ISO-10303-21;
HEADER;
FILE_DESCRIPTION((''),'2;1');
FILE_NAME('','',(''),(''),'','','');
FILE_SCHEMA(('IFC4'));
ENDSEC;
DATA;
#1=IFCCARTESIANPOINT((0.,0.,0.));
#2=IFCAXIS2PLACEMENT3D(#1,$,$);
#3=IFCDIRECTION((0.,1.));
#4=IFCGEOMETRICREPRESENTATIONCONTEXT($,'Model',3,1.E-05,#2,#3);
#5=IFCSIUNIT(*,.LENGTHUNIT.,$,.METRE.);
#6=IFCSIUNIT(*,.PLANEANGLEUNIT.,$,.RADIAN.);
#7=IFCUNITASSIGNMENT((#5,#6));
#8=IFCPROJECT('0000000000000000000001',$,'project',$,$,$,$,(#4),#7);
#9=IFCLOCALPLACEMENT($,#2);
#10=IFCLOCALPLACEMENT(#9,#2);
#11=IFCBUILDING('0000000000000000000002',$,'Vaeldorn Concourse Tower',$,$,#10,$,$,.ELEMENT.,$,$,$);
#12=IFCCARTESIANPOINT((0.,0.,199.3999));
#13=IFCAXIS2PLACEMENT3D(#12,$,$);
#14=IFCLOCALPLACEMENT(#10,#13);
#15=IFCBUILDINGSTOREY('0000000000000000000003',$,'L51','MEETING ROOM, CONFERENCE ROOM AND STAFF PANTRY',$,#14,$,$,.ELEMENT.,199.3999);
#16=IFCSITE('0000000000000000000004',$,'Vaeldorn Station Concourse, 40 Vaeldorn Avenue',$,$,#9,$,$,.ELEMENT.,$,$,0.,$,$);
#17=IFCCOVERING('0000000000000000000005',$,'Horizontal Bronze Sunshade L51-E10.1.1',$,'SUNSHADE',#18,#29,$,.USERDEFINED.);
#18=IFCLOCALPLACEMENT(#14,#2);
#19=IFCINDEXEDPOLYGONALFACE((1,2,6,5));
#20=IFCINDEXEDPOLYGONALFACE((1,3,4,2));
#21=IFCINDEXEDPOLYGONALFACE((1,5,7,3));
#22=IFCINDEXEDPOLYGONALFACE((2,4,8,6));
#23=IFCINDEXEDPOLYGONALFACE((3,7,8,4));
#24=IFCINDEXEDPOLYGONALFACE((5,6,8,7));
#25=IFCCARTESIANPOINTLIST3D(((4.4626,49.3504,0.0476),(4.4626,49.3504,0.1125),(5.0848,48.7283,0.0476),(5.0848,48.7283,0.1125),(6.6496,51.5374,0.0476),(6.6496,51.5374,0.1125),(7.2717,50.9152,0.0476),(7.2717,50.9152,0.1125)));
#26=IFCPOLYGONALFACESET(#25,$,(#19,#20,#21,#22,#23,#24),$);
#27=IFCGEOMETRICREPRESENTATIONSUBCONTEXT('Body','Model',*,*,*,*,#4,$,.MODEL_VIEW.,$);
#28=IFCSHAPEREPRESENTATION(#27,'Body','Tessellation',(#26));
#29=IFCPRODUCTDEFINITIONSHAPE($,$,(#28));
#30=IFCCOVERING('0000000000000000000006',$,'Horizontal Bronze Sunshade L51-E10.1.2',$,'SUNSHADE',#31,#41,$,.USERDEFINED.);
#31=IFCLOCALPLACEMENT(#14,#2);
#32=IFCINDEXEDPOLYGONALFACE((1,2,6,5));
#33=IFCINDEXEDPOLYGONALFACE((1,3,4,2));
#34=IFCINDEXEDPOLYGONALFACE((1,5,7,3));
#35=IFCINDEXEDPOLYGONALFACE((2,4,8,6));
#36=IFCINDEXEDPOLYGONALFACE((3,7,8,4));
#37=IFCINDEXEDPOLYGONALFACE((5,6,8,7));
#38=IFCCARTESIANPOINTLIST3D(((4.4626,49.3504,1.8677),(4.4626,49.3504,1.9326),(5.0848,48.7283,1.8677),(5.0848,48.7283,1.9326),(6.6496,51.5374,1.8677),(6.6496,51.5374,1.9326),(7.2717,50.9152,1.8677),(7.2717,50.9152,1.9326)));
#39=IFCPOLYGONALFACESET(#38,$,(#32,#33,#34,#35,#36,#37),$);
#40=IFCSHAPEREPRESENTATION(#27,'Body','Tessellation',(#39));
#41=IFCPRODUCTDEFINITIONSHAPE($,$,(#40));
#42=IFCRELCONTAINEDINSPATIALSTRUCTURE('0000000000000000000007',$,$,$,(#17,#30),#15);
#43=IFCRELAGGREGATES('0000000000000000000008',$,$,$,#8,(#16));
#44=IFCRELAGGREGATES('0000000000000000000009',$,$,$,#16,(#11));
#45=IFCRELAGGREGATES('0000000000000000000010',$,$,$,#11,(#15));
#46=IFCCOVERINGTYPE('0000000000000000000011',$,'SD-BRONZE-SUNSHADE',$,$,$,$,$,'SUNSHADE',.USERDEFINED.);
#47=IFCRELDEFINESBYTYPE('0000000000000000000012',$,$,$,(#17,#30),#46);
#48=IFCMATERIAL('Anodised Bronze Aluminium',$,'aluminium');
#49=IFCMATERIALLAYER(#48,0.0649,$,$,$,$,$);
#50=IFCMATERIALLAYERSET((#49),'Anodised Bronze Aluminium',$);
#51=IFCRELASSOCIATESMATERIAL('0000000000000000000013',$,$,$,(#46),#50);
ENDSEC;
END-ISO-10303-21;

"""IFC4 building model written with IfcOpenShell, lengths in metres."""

from ifc_helpers import new_model, si_unit, direction, frame, origin, origin_2d, place, context, subcontext, project, spatial, rectangle, extrude, source, transform, mapped, material, layer, layer_set, type_object, element, save


model = new_model("IFC4")

# Units and contexts
model_context = context("Model", 3, precision=1e-05, world=origin(), true_north=direction((0.0, 1.0)))
body_context = subcontext(model_context, "Body", "Model", "MODEL_VIEW")
ifc_project = project(units=[si_unit("LENGTHUNIT", "METRE"), si_unit("PLANEANGLEUNIT", "RADIAN")], contexts=[model_context])

# Site, building, storey
site_placement = place(None, origin())
site = spatial("IfcSite", under=ifc_project, at=site_placement, Name="Vaeldorn Station Concourse, 40 Vaeldorn Avenue", CompositionType="ELEMENT", RefElevation=0.0)
building_placement = place(site_placement, origin())
building = spatial("IfcBuilding", under=site, at=building_placement, Name="Vaeldorn Concourse Tower", CompositionType="ELEMENT")
storey_placement = place(building_placement, frame((0.0, 0.0, 199.3999)))
storey = spatial("IfcBuildingStorey", under=building, at=storey_placement, Name="L51", Description="MEETING ROOM, CONFERENCE ROOM AND STAFF PANTRY", CompositionType="ELEMENT", Elevation=199.3999)

# Shared definitions
ifc_material_1 = material(Name="Anodised Bronze Aluminium", Category="aluminium")

# Coverings
ifc_layer_1 = layer(ifc_material_1, 0.0649)
ifc_layer_set_1 = layer_set([ifc_layer_1], Name="Anodised Bronze Aluminium")
covering_type = type_object("IfcCoveringType", Name="SD-BRONZE-SUNSHADE", ElementType="SUNSHADE", PredefinedType="USERDEFINED", material=ifc_layer_set_1)
shared_shape_1 = source(origin(), body_context, "Body", "SweptSolid", [
    extrude(rectangle(XDim=3.0928, YDim=0.8799, at=origin_2d()), origin(), (0.0, 0.0, 1.0), 0.0649),
])
for number, where, z_axis, x_axis, name in (
    (1, (5.8672, 50.1328, 0.0476), (0.0, 0.0, 1.0), (-0.707107, -0.707107, 0.0), "Horizontal Bronze Sunshade L51-E10.1.1"),
    (2, (5.8672, 50.1328, 1.8677), (0.0, 0.0, 1.0), (-0.707107, -0.707107, 0.0), "Horizontal Bronze Sunshade L51-E10.1.2"),
):
    element("IfcCovering", number, at=place(storey_placement, frame(where, z_axis=z_axis, x_axis=x_axis)), inside=storey, type_object=covering_type, Name=name, ObjectType="SUNSHADE", PredefinedType="USERDEFINED", context=body_context, shape_type="MappedRepresentation", body=[
        mapped(shared_shape_1, transform((0.0, 0.0, 0.0), scale=1.0)),
    ])

save(model, "model.ifc")
